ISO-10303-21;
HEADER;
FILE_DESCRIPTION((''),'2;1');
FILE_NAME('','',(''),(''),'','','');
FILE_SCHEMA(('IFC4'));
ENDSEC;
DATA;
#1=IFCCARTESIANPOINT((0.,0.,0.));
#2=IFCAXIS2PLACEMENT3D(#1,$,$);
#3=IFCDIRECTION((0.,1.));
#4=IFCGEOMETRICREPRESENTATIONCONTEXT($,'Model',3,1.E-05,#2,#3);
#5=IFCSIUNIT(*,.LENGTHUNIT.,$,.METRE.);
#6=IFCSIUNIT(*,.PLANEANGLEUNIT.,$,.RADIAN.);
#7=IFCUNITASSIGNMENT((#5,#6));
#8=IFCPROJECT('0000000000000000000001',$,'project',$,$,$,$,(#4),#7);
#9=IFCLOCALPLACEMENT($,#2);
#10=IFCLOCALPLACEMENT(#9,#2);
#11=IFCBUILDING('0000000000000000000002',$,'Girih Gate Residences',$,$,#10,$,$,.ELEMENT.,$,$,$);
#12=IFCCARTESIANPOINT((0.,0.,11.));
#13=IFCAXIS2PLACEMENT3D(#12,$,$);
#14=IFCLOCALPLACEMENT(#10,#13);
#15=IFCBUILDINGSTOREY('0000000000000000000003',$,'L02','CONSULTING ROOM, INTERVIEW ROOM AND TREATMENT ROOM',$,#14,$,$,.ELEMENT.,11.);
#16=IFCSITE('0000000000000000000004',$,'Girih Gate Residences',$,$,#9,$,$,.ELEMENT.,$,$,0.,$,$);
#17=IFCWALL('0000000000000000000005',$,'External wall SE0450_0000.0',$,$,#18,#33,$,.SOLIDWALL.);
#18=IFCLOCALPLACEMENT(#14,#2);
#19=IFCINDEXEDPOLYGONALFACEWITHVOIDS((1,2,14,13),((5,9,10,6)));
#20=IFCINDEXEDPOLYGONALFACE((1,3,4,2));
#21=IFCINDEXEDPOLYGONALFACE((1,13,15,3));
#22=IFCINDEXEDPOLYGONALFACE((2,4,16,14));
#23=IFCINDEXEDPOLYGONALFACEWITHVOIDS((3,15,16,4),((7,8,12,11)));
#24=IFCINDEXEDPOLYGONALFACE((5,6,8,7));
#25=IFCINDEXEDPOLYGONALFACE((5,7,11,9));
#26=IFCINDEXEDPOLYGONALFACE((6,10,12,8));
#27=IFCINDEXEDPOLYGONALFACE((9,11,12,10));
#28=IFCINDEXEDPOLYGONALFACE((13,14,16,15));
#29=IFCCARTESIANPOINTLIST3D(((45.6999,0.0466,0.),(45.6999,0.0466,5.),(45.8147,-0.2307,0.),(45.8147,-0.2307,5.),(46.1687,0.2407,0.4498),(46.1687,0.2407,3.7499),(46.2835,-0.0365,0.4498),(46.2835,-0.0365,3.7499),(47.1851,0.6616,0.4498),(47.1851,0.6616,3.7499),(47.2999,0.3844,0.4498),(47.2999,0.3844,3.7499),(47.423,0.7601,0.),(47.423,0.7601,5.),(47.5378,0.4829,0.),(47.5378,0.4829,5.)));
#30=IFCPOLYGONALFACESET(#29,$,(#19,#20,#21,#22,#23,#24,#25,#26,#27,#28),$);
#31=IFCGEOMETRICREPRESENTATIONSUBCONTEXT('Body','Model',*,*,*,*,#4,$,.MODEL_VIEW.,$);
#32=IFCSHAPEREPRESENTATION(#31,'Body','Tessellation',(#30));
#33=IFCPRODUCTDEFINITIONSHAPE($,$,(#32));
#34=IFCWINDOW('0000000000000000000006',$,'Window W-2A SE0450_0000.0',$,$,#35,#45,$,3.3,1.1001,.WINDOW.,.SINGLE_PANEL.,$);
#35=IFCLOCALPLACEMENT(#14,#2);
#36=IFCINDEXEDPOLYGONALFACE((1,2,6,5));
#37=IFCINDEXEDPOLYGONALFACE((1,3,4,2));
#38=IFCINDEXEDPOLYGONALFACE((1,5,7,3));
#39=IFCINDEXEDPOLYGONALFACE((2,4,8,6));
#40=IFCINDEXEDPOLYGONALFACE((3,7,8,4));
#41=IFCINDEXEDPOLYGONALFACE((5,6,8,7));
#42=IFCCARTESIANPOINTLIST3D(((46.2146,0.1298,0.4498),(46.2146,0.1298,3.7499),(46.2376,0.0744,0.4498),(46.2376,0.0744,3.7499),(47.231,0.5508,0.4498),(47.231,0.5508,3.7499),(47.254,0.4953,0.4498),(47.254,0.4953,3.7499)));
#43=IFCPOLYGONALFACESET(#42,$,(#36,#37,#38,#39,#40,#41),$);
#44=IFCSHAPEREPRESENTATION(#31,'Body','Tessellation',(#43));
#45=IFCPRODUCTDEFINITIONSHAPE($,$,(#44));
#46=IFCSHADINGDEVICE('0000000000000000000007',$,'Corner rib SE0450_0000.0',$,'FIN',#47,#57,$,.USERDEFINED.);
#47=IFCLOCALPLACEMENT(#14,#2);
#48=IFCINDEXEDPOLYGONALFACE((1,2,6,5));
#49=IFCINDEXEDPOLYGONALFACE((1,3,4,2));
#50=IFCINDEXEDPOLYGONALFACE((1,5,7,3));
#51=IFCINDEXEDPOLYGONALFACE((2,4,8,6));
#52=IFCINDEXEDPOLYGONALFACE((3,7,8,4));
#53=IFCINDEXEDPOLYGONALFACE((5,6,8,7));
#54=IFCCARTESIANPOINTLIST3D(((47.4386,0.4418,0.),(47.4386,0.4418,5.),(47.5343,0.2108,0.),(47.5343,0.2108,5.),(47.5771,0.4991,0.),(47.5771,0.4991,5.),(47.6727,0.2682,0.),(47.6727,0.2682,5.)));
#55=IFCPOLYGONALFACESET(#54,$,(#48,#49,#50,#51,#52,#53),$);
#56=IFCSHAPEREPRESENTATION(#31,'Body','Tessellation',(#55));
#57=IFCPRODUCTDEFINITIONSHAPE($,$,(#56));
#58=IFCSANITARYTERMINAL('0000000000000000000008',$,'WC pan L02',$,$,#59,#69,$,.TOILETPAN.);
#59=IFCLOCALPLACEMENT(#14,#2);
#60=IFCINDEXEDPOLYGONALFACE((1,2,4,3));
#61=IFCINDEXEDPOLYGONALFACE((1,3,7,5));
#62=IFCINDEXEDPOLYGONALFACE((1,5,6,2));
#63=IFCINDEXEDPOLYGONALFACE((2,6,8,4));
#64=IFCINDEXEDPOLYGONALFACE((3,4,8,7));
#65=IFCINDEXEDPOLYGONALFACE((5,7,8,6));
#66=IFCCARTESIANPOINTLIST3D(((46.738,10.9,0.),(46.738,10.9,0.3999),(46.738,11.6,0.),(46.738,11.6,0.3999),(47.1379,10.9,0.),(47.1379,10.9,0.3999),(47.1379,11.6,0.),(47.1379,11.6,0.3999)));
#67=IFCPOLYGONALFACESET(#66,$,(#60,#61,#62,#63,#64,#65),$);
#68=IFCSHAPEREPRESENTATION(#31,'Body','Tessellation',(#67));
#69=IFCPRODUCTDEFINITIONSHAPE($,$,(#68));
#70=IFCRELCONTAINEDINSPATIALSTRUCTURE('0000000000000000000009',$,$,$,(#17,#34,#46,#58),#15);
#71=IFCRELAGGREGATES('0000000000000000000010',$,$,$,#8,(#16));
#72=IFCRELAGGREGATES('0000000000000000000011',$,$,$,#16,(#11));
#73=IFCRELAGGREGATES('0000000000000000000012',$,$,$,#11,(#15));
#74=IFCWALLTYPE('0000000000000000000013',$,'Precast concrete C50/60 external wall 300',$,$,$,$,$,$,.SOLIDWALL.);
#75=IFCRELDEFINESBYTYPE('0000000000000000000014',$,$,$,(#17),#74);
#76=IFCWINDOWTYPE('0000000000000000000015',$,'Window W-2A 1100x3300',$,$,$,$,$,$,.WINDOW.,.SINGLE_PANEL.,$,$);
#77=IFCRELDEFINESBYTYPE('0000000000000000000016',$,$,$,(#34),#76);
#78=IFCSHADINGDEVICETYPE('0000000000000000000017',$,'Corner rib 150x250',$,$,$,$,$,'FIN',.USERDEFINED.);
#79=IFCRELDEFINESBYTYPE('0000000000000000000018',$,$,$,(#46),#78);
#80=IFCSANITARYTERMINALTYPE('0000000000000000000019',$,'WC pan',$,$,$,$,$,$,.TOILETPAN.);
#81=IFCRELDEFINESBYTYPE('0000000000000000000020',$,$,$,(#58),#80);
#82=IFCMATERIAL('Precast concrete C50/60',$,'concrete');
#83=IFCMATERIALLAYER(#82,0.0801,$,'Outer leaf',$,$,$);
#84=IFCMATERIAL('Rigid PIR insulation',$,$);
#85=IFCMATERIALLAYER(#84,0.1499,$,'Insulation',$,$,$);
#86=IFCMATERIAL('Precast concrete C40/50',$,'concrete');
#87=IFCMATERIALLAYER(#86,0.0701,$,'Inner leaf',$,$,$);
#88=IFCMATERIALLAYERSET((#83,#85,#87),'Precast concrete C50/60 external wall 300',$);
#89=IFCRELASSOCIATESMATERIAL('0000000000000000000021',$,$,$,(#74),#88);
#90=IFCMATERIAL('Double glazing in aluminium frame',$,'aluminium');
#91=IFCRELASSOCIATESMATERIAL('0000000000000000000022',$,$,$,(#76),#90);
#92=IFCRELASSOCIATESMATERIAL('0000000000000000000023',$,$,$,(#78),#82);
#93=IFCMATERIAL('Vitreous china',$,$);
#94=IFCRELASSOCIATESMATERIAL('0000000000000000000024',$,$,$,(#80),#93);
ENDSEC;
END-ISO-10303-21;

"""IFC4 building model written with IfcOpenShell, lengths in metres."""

from ifc_helpers import new_model, si_unit, direction, frame, frame_2d, origin, origin_2d, place, context, subcontext, project, spatial, rectangle, extrude, material, layer, layer_set, type_object, element, fill, save


model = new_model("IFC4")

# Units and contexts
model_context = context("Model", 3, precision=1e-05, world=origin(), true_north=direction((0.0, 1.0)))
body_context = subcontext(model_context, "Body", "Model", "MODEL_VIEW")
ifc_project = project(units=[si_unit("LENGTHUNIT", "METRE"), si_unit("PLANEANGLEUNIT", "RADIAN")], contexts=[model_context])

# Site, building, storey
site_placement = place(None, origin())
site = spatial("IfcSite", under=ifc_project, at=site_placement, Name="Girih Gate Residences", CompositionType="ELEMENT", RefElevation=0.0)
building_placement = place(site_placement, origin())
building = spatial("IfcBuilding", under=site, at=building_placement, Name="Girih Gate Residences", CompositionType="ELEMENT")
storey_placement = place(building_placement, frame((0.0, 0.0, 11.0)))
storey = spatial("IfcBuildingStorey", under=building, at=storey_placement, Name="L02", Description="CONSULTING ROOM, INTERVIEW ROOM AND TREATMENT ROOM", CompositionType="ELEMENT", Elevation=11.0)

# Wall, opening, window
ifc_material_1 = material(Name="Precast concrete C50/60", Category="concrete")
ifc_layer_1 = layer(ifc_material_1, 0.0801, Name="Outer leaf")
ifc_material_2 = material(Name="Rigid PIR insulation")
ifc_layer_2 = layer(ifc_material_2, 0.1499, Name="Insulation")
ifc_material_3 = material(Name="Precast concrete C40/50", Category="concrete")
ifc_layer_3 = layer(ifc_material_3, 0.0701, Name="Inner leaf")
ifc_layer_set_1 = layer_set([ifc_layer_1, ifc_layer_2, ifc_layer_3], Name="Precast concrete C50/60 external wall 300")
wall_type_1 = type_object("IfcWallType", Name="Precast concrete C50/60 external wall 300", PredefinedType="SOLIDWALL", material=ifc_layer_set_1)
ifc_material_4 = material(Name="Double glazing in aluminium frame", Category="aluminium")
wall_1_placement = place(storey_placement, frame((47.4805, 0.6216, 0.0), z_axis=(0.0, 0.0, 1.0), x_axis=(-0.923904, -0.382625, 0.0)))
wall_1 = element("IfcWall", 1, at=wall_1_placement, inside=storey, type_object=wall_type_1, Name="External wall SE0450_0000.0", PredefinedType="SOLIDWALL", context=body_context, shape_type="SweptSolid", body=[
    extrude(rectangle(XDim=1.865, YDim=0.3, at=frame_2d((0.9326, 0.0))), origin(), (0.0, 0.0, 1.0), 5.0),
])
opening_1_placement = place(wall_1_placement, frame((0.2576, 0.0, 0.45)))
opening_1 = element("IfcOpeningElement", 2, at=opening_1_placement, cuts=wall_1, PredefinedType="OPENING", context=body_context, shape_type="SweptSolid", body=[
    extrude(rectangle(XDim=1.1001, YDim=3.3, at=frame_2d((0.55, 1.6499))), frame((0.0, 0.1599, 0.0), z_axis=(0.0, -1.0, 0.0), x_axis=(1.0, 0.0, 0.0)), (0.0, 0.0, 1.0), 0.3201),
])
window_type_1 = type_object("IfcWindowType", Name="Window W-2A 1100x3300", PartitioningType="SINGLE_PANEL", PredefinedType="WINDOW", material=ifc_material_4)
window_1_placement = place(opening_1_placement, origin())
window_1 = element("IfcWindow", 3, at=window_1_placement, inside=storey, type_object=window_type_1, Name="Window W-2A SE0450_0000.0", OverallHeight=3.3, OverallWidth=1.1001, PartitioningType="SINGLE_PANEL", PredefinedType="WINDOW", context=body_context, shape_type="SweptSolid", body=[
    extrude(rectangle(XDim=1.1001, YDim=3.3, at=frame_2d((0.55, 1.6499))), frame((0.0, 0.03, 0.0), z_axis=(0.0, -1.0, 0.0), x_axis=(1.0, 0.0, 0.0)), (0.0, 0.0, 1.0), 0.0601),
])
fill(opening_1, window_1)

# Shading device
shading_device_type = type_object("IfcShadingDeviceType", Name="Corner rib 150x250", ElementType="FIN", PredefinedType="USERDEFINED", material=ifc_material_1)
shading_device_placement = place(storey_placement, frame((47.5557, 0.355, 0.0), z_axis=(0.0, 0.0, 1.0), x_axis=(0.92388, 0.382683, 0.0)))
element("IfcShadingDevice", 4, at=shading_device_placement, inside=storey, type_object=shading_device_type, Name="Corner rib SE0450_0000.0", ObjectType="FIN", PredefinedType="USERDEFINED", context=body_context, shape_type="SweptSolid", body=[
    extrude(rectangle(XDim=0.1499, YDim=0.25, at=origin_2d()), origin(), (0.0, 0.0, 1.0), 5.0),
])

# Sanitary terminal
ifc_material_5 = material(Name="Vitreous china")
sanitary_terminal_type = type_object("IfcSanitaryTerminalType", Name="WC pan", PredefinedType="TOILETPAN", material=ifc_material_5)
sanitary_terminal_placement = place(storey_placement, frame((46.938, 11.25, 0.0), z_axis=(0.0, 0.0, 1.0), x_axis=(1.0, 0.0, 0.0)))
element("IfcSanitaryTerminal", 5, at=sanitary_terminal_placement, inside=storey, type_object=sanitary_terminal_type, Name="WC pan L02", PredefinedType="TOILETPAN", context=body_context, shape_type="SweptSolid", body=[
    extrude(rectangle(XDim=0.3999, YDim=0.7, at=origin_2d()), origin(), (0.0, 0.0, 1.0), 0.3999),
])

save(model, "model.ifc")
